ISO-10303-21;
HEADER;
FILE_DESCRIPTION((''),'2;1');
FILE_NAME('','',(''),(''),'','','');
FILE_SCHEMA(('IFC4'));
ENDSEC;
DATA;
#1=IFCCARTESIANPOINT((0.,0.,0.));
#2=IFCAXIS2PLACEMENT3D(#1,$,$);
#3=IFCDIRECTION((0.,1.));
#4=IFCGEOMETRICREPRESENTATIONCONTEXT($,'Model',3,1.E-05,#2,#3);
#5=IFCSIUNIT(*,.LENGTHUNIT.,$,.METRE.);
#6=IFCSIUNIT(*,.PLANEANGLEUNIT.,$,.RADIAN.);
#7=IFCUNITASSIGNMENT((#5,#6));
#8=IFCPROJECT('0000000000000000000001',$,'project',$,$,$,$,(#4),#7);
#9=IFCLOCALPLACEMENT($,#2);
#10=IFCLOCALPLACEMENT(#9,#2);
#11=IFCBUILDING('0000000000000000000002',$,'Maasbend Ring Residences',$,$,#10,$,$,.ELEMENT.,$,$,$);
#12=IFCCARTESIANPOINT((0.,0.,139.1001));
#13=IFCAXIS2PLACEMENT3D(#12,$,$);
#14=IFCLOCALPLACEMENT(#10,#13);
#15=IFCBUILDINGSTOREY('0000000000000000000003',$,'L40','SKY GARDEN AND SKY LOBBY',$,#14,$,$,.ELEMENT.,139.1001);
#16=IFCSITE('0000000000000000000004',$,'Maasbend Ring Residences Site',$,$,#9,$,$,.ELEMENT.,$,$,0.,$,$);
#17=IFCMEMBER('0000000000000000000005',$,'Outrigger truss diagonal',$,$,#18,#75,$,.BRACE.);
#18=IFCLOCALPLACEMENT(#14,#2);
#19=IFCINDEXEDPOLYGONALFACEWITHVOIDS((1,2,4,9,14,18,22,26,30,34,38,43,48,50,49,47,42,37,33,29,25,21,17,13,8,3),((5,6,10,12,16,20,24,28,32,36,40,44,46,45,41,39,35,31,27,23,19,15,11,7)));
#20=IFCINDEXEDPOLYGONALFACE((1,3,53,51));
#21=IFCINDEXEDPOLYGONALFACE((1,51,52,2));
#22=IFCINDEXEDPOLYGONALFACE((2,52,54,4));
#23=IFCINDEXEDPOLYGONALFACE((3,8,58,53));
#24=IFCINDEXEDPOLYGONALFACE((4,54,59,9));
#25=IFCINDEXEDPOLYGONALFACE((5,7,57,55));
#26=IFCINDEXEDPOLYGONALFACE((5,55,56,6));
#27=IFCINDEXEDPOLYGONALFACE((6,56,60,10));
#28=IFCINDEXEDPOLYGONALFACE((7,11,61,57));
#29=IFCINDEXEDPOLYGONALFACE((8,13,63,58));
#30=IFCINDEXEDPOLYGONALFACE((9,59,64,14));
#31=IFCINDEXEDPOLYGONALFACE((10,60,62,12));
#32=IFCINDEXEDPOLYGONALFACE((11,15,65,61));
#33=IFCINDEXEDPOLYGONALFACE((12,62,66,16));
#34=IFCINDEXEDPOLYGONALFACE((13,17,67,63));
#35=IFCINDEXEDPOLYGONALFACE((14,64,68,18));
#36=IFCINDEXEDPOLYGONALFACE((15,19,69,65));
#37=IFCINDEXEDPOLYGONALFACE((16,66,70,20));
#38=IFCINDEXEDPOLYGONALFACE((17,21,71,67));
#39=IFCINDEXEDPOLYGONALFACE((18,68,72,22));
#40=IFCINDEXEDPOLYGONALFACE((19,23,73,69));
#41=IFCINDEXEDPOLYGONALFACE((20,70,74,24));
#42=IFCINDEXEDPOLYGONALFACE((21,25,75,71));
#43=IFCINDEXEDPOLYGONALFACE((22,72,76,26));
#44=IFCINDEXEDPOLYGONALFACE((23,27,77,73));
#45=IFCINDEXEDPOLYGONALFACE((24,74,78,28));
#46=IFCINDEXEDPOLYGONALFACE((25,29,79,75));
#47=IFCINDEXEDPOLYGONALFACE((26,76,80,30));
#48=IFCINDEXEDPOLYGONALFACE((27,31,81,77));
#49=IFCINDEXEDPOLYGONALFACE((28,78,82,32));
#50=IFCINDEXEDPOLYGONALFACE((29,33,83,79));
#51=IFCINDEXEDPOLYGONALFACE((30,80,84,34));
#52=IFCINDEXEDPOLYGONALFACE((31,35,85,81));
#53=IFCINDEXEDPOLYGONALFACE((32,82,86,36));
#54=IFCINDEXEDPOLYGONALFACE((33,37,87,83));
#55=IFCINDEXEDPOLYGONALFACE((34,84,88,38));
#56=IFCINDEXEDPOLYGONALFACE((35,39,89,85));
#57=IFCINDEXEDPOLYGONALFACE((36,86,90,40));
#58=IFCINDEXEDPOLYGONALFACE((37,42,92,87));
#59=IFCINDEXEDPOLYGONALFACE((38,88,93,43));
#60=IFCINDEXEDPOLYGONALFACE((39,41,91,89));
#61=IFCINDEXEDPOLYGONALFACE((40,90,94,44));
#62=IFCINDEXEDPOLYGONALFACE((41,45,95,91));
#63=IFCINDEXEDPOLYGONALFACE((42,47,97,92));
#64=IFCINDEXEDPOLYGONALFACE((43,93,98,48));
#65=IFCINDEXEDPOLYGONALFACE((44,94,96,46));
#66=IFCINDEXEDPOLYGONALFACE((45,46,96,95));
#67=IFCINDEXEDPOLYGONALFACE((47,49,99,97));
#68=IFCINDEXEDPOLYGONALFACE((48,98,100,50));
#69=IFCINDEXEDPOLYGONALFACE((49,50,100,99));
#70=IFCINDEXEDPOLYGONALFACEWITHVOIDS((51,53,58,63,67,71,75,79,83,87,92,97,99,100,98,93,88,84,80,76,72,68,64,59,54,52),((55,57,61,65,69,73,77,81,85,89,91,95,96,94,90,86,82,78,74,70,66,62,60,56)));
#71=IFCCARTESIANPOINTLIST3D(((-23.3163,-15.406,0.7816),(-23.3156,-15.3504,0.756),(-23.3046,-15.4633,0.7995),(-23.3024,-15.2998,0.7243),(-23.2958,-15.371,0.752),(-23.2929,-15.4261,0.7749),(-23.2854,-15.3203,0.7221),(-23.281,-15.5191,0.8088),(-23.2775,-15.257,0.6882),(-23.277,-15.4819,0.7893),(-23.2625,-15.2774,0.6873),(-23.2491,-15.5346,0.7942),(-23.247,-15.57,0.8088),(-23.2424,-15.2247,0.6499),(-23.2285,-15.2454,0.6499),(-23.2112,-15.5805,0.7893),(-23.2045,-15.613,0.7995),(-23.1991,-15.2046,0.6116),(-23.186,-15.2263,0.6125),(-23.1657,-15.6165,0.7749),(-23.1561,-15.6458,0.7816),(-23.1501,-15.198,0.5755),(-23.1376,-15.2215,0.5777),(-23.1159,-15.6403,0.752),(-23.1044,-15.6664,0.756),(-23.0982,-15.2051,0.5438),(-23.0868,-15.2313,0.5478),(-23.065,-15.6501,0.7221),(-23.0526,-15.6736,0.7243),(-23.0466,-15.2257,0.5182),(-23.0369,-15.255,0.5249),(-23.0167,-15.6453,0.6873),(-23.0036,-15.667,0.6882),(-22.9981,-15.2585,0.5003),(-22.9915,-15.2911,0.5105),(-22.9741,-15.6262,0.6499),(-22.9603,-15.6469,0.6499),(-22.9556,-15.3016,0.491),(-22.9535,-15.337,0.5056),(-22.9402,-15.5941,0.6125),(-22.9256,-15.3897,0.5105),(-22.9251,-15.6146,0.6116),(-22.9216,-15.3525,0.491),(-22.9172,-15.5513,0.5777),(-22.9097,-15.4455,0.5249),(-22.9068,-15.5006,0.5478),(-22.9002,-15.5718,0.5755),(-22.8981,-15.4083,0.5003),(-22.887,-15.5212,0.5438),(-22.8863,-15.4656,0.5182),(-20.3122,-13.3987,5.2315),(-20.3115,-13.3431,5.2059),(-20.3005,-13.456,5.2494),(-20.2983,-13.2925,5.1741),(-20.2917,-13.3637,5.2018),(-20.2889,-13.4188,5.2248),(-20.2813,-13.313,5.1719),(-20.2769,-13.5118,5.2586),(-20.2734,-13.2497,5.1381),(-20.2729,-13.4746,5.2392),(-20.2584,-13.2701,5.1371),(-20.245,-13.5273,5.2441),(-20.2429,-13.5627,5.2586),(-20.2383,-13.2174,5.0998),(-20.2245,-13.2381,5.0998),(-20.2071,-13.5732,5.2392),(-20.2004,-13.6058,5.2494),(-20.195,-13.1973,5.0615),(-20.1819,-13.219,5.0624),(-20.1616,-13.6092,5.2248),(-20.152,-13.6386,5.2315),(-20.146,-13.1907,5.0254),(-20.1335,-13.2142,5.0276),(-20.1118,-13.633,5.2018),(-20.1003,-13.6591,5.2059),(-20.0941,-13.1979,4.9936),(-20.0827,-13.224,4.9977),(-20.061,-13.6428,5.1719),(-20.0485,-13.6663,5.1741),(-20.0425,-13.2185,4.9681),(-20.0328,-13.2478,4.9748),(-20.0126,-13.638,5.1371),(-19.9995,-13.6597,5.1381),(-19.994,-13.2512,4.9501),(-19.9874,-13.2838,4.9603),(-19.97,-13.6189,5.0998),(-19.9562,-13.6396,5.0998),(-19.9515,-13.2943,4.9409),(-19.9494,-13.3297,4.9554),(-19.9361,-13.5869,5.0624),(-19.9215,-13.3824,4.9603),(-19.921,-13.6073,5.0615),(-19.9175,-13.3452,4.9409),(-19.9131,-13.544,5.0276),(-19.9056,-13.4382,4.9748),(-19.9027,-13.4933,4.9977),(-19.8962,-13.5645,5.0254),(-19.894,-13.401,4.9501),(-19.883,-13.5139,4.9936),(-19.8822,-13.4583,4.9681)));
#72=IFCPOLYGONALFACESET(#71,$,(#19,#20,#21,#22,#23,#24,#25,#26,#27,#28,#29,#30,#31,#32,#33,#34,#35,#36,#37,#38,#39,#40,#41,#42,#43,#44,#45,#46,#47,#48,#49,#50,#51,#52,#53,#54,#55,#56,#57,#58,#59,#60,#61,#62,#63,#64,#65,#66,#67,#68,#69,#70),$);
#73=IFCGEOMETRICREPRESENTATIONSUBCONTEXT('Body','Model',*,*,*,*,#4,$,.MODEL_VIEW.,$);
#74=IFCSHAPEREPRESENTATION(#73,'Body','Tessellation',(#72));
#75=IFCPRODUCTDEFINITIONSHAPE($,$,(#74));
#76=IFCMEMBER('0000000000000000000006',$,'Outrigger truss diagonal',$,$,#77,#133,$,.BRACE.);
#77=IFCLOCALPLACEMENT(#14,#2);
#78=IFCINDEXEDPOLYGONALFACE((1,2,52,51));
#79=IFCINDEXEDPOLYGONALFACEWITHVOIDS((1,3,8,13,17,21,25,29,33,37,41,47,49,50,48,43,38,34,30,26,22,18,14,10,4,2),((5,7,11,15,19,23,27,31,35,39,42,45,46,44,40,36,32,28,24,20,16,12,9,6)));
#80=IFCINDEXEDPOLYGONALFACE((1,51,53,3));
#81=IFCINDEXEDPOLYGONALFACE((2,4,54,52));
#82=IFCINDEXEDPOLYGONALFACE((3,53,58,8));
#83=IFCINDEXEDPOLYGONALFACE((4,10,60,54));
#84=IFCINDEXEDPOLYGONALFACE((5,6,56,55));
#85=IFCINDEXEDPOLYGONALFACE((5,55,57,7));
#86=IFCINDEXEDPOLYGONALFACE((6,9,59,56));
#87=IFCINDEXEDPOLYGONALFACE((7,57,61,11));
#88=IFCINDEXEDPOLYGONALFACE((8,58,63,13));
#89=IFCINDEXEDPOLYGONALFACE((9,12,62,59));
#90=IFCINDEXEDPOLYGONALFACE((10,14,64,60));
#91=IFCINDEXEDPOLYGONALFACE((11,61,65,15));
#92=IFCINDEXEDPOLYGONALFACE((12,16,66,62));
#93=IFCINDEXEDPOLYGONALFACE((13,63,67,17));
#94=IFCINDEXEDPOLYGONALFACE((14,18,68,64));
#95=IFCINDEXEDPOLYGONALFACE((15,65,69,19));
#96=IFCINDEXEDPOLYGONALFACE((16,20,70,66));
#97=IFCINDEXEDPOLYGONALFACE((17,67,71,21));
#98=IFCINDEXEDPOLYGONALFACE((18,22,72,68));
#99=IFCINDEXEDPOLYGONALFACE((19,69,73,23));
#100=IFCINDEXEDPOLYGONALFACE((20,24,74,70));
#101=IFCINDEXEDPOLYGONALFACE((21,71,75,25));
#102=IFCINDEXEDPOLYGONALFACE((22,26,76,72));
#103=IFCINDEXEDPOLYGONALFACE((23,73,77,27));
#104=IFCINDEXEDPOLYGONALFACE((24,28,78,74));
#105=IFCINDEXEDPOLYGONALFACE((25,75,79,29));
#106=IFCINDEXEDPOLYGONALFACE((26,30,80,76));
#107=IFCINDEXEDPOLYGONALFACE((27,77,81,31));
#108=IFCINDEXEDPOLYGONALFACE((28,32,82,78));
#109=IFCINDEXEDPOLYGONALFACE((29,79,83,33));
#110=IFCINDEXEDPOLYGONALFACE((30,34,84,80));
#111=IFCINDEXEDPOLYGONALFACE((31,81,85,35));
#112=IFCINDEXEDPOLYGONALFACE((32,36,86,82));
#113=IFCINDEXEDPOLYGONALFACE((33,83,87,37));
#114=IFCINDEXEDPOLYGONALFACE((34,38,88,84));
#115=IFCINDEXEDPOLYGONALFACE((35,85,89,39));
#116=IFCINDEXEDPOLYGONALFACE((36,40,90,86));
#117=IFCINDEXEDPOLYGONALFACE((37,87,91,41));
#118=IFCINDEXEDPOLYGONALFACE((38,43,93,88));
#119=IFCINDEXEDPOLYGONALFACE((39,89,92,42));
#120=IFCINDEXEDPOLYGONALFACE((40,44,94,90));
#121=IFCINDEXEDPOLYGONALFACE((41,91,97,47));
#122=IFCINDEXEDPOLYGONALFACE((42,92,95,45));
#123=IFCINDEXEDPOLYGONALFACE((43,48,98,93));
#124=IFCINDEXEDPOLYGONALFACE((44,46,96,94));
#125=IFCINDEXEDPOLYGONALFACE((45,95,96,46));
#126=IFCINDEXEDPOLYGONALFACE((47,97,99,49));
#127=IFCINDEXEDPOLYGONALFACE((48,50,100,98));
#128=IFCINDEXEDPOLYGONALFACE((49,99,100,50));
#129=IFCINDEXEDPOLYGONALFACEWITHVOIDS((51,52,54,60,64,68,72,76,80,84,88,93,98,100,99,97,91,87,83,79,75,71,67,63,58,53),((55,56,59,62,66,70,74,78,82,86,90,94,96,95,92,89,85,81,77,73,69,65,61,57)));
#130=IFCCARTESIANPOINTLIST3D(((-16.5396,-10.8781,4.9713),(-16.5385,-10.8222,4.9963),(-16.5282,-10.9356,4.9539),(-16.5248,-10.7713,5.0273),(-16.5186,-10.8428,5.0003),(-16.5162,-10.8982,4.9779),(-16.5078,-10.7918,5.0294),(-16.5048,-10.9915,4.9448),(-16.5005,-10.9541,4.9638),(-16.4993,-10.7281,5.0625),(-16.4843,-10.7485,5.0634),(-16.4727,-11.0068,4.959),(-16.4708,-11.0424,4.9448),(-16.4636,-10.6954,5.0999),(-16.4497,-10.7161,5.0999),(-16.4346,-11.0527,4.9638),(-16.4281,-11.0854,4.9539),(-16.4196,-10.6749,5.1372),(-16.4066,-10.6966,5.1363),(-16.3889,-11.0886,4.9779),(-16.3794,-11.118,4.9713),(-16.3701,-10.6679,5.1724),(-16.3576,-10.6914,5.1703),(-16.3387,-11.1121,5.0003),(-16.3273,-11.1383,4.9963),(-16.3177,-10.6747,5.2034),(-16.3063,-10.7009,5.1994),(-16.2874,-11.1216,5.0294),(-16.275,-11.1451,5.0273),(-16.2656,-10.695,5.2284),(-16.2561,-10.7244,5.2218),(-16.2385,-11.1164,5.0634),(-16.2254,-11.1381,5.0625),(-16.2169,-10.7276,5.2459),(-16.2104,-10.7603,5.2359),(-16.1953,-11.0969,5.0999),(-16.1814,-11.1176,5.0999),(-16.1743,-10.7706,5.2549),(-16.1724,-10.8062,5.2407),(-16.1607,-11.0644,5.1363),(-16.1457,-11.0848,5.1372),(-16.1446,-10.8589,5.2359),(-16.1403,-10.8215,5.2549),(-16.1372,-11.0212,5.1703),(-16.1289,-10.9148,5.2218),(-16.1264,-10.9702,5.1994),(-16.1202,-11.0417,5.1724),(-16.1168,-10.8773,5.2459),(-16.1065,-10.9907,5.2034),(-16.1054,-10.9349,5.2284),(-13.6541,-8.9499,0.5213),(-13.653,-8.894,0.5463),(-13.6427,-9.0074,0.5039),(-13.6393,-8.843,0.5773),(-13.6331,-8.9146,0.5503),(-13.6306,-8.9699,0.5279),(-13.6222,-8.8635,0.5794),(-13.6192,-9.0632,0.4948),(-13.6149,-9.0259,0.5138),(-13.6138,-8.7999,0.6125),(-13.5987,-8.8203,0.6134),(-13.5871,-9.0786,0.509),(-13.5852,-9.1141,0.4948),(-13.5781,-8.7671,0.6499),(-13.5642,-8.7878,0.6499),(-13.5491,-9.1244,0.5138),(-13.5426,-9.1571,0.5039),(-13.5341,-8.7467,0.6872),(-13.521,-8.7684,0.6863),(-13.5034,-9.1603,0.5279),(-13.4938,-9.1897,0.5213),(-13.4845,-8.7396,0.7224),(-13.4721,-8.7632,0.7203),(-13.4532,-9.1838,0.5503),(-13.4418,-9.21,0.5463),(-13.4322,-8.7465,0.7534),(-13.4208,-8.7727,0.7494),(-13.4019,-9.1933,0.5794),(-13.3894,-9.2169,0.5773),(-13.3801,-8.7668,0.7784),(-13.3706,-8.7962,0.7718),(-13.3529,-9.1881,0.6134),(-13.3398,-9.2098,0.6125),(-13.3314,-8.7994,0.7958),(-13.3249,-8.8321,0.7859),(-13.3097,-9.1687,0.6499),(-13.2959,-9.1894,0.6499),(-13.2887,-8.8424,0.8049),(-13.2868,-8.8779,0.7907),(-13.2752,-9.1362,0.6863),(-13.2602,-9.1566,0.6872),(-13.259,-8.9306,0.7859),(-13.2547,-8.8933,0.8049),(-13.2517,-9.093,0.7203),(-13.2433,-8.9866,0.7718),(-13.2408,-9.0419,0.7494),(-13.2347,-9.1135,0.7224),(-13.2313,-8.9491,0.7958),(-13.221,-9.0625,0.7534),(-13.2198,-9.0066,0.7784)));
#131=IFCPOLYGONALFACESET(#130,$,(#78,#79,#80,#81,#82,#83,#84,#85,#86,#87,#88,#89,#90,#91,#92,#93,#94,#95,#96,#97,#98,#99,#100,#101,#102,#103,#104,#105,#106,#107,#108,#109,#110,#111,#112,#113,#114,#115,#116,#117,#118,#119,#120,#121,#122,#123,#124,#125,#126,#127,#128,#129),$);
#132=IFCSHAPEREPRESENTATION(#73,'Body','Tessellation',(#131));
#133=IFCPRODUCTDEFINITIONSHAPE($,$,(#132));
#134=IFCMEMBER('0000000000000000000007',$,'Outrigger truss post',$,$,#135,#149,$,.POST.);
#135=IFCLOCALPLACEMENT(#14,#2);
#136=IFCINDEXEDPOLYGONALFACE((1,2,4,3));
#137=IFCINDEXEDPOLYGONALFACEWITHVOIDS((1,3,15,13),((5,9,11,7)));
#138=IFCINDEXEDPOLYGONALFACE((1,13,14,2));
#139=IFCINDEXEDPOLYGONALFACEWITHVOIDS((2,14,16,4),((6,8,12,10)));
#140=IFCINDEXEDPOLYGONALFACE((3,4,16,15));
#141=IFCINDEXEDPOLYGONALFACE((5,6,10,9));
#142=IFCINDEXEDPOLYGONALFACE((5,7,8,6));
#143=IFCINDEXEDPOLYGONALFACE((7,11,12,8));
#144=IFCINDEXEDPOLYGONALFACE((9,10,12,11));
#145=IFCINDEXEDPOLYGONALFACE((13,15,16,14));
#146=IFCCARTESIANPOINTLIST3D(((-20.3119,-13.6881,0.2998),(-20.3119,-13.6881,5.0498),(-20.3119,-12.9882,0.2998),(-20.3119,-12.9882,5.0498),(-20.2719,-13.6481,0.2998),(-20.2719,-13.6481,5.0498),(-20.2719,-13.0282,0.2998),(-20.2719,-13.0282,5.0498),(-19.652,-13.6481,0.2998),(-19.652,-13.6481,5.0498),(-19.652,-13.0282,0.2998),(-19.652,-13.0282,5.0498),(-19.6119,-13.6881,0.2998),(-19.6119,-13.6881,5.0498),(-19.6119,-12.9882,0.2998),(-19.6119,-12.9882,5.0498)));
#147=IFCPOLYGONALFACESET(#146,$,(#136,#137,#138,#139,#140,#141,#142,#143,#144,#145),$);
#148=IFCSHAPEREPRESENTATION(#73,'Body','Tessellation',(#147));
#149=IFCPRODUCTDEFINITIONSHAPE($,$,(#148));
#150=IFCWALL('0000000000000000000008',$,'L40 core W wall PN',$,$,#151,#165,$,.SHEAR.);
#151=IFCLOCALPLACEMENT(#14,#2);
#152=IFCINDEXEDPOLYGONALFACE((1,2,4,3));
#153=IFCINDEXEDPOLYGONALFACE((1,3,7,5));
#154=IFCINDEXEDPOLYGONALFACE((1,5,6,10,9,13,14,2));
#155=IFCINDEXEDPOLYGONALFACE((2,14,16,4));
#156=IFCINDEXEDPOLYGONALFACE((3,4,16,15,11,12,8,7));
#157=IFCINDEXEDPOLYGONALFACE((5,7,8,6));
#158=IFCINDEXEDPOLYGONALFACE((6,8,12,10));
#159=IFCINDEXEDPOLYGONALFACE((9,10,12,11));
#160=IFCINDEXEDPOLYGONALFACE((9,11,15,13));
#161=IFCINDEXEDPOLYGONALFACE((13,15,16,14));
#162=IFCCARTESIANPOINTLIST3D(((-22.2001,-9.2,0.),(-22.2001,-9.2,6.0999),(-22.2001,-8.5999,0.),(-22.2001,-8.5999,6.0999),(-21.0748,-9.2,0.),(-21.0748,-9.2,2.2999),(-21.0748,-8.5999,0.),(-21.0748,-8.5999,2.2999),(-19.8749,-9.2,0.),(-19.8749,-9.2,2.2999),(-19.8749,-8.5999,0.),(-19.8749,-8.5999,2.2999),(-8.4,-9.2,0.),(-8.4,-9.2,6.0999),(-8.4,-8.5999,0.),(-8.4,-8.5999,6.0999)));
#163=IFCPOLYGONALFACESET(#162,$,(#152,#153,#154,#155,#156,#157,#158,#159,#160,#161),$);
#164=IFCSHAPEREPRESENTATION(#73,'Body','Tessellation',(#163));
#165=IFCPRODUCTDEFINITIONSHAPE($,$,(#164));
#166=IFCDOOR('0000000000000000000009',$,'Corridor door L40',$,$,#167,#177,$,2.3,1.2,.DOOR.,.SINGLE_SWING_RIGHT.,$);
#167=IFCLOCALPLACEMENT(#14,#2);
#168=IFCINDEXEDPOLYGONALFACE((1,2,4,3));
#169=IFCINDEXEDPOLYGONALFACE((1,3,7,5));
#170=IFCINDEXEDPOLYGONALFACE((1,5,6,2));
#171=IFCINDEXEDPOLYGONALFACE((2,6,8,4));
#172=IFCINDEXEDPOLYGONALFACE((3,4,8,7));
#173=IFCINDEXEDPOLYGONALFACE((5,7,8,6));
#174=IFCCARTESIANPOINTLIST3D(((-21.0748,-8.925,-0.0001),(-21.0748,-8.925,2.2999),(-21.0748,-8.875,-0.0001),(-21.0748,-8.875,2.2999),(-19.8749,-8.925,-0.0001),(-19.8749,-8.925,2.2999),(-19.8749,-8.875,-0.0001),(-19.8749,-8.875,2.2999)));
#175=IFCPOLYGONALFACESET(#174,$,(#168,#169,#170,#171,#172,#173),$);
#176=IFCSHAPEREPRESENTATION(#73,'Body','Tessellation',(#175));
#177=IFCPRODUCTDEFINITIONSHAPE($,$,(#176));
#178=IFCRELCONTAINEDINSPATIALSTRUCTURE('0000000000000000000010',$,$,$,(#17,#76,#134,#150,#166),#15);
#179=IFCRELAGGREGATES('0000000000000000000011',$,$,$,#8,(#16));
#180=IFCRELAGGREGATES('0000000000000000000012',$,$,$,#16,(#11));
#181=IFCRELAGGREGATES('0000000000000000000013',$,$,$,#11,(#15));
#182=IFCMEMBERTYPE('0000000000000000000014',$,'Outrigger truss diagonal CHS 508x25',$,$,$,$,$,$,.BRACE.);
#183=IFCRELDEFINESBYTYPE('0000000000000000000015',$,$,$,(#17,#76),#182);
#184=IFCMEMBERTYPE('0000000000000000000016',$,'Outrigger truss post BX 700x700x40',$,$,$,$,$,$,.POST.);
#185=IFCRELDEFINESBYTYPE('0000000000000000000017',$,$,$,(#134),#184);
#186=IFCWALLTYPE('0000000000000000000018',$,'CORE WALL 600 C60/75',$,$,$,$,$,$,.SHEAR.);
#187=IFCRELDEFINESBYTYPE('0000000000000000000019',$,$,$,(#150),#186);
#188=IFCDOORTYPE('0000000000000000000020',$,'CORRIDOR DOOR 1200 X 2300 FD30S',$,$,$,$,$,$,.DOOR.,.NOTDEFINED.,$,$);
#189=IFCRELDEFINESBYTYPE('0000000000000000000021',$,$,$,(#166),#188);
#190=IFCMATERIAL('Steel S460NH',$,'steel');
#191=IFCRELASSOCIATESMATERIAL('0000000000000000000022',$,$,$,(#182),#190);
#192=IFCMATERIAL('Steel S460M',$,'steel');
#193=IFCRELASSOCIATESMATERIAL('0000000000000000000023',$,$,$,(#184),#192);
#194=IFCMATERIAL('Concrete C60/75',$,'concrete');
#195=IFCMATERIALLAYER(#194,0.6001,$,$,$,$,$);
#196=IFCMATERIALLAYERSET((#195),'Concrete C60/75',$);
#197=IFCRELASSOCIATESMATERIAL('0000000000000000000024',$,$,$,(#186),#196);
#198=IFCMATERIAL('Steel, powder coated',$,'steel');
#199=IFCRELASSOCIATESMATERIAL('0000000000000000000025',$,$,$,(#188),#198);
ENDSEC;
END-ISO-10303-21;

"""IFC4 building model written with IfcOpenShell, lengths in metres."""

from ifc_helpers import new_model, si_unit, direction, frame, frame_2d, origin, origin_2d, place, context, subcontext, project, spatial, rectangle, hollow_rectangle, hollow_circle, extrude, material, layer, layer_set, material_profile, profile_set, type_object, element, fill, save


model = new_model("IFC4")

# Units and contexts
model_context = context("Model", 3, precision=1e-05, world=origin(), true_north=direction((0.0, 1.0)))
body_context = subcontext(model_context, "Body", "Model", "MODEL_VIEW")
ifc_project = project(units=[si_unit("LENGTHUNIT", "METRE"), si_unit("PLANEANGLEUNIT", "RADIAN")], contexts=[model_context])

# Site, building, storey
site_placement = place(None, origin())
site = spatial("IfcSite", under=ifc_project, at=site_placement, Name="Maasbend Ring Residences Site", CompositionType="ELEMENT", RefElevation=0.0)
building_placement = place(site_placement, origin())
building = spatial("IfcBuilding", under=site, at=building_placement, Name="Maasbend Ring Residences", CompositionType="ELEMENT")
storey_placement = place(building_placement, frame((0.0, 0.0, 139.1001)))
storey = spatial("IfcBuildingStorey", under=building, at=storey_placement, Name="L40", Description="SKY GARDEN AND SKY LOBBY", CompositionType="ELEMENT", Elevation=139.1001)

# Members
ifc_material_1 = material(Name="Steel S460NH", Category="steel")
ifc_material_profile_1 = material_profile(ifc_material_1, hollow_circle(Radius=0.2539, WallThickness=0.0249, at=origin_2d()), Name="Outrigger truss diagonal CHS 508x25")
ifc_profile_set_1 = profile_set([ifc_material_profile_1], Name="Steel S460NH")
member_type_1 = type_object("IfcMemberType", Name="Outrigger truss diagonal CHS 508x25", PredefinedType="BRACE", material=ifc_profile_set_1)
member_1_placement = place(storey_placement, frame((-23.1013, -15.4358, 0.6499), z_axis=(0.524098, 0.350193, 0.776329), x_axis=(-0.555573, 0.831468, 0.0)))
element("IfcMember", 1, at=member_1_placement, inside=storey, type_object=member_type_1, Name="Outrigger truss diagonal", PredefinedType="BRACE", context=body_context, shape_type="SweptSolid", body=[
    extrude(hollow_circle(Radius=0.2539, WallThickness=0.0249, at=origin_2d()), origin(), (0.0, 0.0, 1.0), 5.7319),
])
member_2_placement = place(storey_placement, frame((-16.3225, -10.9065, 5.0999), z_axis=(0.511319, 0.341687, -0.788545), x_axis=(-0.555609, 0.831444, 0.0)))
element("IfcMember", 2, at=member_2_placement, inside=storey, type_object=member_type_1, Name="Outrigger truss diagonal", PredefinedType="BRACE", context=body_context, shape_type="SweptSolid", body=[
    extrude(hollow_circle(Radius=0.2539, WallThickness=0.0249, at=origin_2d()), origin(), (0.0, 0.0, 1.0), 5.6433),
])
ifc_material_2 = material(Name="Steel S460M", Category="steel")
ifc_material_profile_2 = material_profile(ifc_material_2, hollow_rectangle(XDim=0.7, YDim=0.7, WallThickness=0.04, at=origin_2d()), Name="Outrigger truss post BX 700x700x40")
ifc_profile_set_2 = profile_set([ifc_material_profile_2], Name="Steel S460M")
member_type_2 = type_object("IfcMemberType", Name="Outrigger truss post BX 700x700x40", PredefinedType="POST", material=ifc_profile_set_2)
member_3_placement = place(storey_placement, frame((-19.9619, -13.3381, 0.2998), z_axis=(0.0, 0.0, 1.0), x_axis=(1.0, 0.0, 0.0)))
element("IfcMember", 3, at=member_3_placement, inside=storey, type_object=member_type_2, Name="Outrigger truss post", PredefinedType="POST", context=body_context, shape_type="SweptSolid", body=[
    extrude(hollow_rectangle(XDim=0.7, YDim=0.7, WallThickness=0.04, at=origin_2d()), origin(), (0.0, 0.0, 1.0), 4.75),
])

# Wall, opening, door
ifc_material_3 = material(Name="Concrete C60/75", Category="concrete")
ifc_layer_1 = layer(ifc_material_3, 0.6001)
ifc_layer_set_1 = layer_set([ifc_layer_1], Name="Concrete C60/75")
wall_type_1 = type_object("IfcWallType", Name="CORE WALL 600 C60/75", PredefinedType="SHEAR", material=ifc_layer_set_1)
wall_1_placement = place(storey_placement, frame((-22.2, -8.8999, 0.0), z_axis=(0.0, 0.0, 1.0), x_axis=(1.0, 0.0, 0.0)))
wall_1 = element("IfcWall", 4, at=wall_1_placement, inside=storey, type_object=wall_type_1, Name="L40 core W wall PN", PredefinedType="SHEAR", context=body_context, shape_type="SweptSolid", body=[
    extrude(rectangle(XDim=13.8, YDim=0.6001, at=frame_2d((6.8999, 0.0))), origin(), (0.0, 0.0, 1.0), 6.0999),
])
opening_1_placement = place(wall_1_placement, frame((1.125, 0.0, 0.0)))
opening_1 = element("IfcOpeningElement", 5, at=opening_1_placement, cuts=wall_1, PredefinedType="OPENING", context=body_context, shape_type="SweptSolid", body=[
    extrude(rectangle(XDim=1.2, YDim=2.3, at=frame_2d((0.6001, 1.1499))), frame((0.0, 0.3101, 0.0), z_axis=(0.0, -1.0, 0.0), x_axis=(1.0, 0.0, 0.0)), (0.0, 0.0, 1.0), 0.6201),
])
ifc_material_4 = material(Name="Steel, powder coated", Category="steel")
door_type_1 = type_object("IfcDoorType", Name="CORRIDOR DOOR 1200 X 2300 FD30S", OperationType="NOTDEFINED", PredefinedType="DOOR", material=ifc_material_4)
door_1_placement = place(opening_1_placement, origin())
door_1 = element("IfcDoor", 6, at=door_1_placement, inside=storey, type_object=door_type_1, Name="Corridor door L40", OperationType="SINGLE_SWING_RIGHT", OverallHeight=2.3, OverallWidth=1.2, PredefinedType="DOOR", context=body_context, shape_type="SweptSolid", body=[
    extrude(rectangle(XDim=1.2, YDim=2.3, at=frame_2d((0.6001, 1.1499))), frame((0.0, 0.0249, 0.0), z_axis=(0.0, -1.0, 0.0), x_axis=(1.0, 0.0, 0.0)), (0.0, 0.0, 1.0), 0.05),
])
fill(opening_1, door_1)

save(model, "model.ifc")
